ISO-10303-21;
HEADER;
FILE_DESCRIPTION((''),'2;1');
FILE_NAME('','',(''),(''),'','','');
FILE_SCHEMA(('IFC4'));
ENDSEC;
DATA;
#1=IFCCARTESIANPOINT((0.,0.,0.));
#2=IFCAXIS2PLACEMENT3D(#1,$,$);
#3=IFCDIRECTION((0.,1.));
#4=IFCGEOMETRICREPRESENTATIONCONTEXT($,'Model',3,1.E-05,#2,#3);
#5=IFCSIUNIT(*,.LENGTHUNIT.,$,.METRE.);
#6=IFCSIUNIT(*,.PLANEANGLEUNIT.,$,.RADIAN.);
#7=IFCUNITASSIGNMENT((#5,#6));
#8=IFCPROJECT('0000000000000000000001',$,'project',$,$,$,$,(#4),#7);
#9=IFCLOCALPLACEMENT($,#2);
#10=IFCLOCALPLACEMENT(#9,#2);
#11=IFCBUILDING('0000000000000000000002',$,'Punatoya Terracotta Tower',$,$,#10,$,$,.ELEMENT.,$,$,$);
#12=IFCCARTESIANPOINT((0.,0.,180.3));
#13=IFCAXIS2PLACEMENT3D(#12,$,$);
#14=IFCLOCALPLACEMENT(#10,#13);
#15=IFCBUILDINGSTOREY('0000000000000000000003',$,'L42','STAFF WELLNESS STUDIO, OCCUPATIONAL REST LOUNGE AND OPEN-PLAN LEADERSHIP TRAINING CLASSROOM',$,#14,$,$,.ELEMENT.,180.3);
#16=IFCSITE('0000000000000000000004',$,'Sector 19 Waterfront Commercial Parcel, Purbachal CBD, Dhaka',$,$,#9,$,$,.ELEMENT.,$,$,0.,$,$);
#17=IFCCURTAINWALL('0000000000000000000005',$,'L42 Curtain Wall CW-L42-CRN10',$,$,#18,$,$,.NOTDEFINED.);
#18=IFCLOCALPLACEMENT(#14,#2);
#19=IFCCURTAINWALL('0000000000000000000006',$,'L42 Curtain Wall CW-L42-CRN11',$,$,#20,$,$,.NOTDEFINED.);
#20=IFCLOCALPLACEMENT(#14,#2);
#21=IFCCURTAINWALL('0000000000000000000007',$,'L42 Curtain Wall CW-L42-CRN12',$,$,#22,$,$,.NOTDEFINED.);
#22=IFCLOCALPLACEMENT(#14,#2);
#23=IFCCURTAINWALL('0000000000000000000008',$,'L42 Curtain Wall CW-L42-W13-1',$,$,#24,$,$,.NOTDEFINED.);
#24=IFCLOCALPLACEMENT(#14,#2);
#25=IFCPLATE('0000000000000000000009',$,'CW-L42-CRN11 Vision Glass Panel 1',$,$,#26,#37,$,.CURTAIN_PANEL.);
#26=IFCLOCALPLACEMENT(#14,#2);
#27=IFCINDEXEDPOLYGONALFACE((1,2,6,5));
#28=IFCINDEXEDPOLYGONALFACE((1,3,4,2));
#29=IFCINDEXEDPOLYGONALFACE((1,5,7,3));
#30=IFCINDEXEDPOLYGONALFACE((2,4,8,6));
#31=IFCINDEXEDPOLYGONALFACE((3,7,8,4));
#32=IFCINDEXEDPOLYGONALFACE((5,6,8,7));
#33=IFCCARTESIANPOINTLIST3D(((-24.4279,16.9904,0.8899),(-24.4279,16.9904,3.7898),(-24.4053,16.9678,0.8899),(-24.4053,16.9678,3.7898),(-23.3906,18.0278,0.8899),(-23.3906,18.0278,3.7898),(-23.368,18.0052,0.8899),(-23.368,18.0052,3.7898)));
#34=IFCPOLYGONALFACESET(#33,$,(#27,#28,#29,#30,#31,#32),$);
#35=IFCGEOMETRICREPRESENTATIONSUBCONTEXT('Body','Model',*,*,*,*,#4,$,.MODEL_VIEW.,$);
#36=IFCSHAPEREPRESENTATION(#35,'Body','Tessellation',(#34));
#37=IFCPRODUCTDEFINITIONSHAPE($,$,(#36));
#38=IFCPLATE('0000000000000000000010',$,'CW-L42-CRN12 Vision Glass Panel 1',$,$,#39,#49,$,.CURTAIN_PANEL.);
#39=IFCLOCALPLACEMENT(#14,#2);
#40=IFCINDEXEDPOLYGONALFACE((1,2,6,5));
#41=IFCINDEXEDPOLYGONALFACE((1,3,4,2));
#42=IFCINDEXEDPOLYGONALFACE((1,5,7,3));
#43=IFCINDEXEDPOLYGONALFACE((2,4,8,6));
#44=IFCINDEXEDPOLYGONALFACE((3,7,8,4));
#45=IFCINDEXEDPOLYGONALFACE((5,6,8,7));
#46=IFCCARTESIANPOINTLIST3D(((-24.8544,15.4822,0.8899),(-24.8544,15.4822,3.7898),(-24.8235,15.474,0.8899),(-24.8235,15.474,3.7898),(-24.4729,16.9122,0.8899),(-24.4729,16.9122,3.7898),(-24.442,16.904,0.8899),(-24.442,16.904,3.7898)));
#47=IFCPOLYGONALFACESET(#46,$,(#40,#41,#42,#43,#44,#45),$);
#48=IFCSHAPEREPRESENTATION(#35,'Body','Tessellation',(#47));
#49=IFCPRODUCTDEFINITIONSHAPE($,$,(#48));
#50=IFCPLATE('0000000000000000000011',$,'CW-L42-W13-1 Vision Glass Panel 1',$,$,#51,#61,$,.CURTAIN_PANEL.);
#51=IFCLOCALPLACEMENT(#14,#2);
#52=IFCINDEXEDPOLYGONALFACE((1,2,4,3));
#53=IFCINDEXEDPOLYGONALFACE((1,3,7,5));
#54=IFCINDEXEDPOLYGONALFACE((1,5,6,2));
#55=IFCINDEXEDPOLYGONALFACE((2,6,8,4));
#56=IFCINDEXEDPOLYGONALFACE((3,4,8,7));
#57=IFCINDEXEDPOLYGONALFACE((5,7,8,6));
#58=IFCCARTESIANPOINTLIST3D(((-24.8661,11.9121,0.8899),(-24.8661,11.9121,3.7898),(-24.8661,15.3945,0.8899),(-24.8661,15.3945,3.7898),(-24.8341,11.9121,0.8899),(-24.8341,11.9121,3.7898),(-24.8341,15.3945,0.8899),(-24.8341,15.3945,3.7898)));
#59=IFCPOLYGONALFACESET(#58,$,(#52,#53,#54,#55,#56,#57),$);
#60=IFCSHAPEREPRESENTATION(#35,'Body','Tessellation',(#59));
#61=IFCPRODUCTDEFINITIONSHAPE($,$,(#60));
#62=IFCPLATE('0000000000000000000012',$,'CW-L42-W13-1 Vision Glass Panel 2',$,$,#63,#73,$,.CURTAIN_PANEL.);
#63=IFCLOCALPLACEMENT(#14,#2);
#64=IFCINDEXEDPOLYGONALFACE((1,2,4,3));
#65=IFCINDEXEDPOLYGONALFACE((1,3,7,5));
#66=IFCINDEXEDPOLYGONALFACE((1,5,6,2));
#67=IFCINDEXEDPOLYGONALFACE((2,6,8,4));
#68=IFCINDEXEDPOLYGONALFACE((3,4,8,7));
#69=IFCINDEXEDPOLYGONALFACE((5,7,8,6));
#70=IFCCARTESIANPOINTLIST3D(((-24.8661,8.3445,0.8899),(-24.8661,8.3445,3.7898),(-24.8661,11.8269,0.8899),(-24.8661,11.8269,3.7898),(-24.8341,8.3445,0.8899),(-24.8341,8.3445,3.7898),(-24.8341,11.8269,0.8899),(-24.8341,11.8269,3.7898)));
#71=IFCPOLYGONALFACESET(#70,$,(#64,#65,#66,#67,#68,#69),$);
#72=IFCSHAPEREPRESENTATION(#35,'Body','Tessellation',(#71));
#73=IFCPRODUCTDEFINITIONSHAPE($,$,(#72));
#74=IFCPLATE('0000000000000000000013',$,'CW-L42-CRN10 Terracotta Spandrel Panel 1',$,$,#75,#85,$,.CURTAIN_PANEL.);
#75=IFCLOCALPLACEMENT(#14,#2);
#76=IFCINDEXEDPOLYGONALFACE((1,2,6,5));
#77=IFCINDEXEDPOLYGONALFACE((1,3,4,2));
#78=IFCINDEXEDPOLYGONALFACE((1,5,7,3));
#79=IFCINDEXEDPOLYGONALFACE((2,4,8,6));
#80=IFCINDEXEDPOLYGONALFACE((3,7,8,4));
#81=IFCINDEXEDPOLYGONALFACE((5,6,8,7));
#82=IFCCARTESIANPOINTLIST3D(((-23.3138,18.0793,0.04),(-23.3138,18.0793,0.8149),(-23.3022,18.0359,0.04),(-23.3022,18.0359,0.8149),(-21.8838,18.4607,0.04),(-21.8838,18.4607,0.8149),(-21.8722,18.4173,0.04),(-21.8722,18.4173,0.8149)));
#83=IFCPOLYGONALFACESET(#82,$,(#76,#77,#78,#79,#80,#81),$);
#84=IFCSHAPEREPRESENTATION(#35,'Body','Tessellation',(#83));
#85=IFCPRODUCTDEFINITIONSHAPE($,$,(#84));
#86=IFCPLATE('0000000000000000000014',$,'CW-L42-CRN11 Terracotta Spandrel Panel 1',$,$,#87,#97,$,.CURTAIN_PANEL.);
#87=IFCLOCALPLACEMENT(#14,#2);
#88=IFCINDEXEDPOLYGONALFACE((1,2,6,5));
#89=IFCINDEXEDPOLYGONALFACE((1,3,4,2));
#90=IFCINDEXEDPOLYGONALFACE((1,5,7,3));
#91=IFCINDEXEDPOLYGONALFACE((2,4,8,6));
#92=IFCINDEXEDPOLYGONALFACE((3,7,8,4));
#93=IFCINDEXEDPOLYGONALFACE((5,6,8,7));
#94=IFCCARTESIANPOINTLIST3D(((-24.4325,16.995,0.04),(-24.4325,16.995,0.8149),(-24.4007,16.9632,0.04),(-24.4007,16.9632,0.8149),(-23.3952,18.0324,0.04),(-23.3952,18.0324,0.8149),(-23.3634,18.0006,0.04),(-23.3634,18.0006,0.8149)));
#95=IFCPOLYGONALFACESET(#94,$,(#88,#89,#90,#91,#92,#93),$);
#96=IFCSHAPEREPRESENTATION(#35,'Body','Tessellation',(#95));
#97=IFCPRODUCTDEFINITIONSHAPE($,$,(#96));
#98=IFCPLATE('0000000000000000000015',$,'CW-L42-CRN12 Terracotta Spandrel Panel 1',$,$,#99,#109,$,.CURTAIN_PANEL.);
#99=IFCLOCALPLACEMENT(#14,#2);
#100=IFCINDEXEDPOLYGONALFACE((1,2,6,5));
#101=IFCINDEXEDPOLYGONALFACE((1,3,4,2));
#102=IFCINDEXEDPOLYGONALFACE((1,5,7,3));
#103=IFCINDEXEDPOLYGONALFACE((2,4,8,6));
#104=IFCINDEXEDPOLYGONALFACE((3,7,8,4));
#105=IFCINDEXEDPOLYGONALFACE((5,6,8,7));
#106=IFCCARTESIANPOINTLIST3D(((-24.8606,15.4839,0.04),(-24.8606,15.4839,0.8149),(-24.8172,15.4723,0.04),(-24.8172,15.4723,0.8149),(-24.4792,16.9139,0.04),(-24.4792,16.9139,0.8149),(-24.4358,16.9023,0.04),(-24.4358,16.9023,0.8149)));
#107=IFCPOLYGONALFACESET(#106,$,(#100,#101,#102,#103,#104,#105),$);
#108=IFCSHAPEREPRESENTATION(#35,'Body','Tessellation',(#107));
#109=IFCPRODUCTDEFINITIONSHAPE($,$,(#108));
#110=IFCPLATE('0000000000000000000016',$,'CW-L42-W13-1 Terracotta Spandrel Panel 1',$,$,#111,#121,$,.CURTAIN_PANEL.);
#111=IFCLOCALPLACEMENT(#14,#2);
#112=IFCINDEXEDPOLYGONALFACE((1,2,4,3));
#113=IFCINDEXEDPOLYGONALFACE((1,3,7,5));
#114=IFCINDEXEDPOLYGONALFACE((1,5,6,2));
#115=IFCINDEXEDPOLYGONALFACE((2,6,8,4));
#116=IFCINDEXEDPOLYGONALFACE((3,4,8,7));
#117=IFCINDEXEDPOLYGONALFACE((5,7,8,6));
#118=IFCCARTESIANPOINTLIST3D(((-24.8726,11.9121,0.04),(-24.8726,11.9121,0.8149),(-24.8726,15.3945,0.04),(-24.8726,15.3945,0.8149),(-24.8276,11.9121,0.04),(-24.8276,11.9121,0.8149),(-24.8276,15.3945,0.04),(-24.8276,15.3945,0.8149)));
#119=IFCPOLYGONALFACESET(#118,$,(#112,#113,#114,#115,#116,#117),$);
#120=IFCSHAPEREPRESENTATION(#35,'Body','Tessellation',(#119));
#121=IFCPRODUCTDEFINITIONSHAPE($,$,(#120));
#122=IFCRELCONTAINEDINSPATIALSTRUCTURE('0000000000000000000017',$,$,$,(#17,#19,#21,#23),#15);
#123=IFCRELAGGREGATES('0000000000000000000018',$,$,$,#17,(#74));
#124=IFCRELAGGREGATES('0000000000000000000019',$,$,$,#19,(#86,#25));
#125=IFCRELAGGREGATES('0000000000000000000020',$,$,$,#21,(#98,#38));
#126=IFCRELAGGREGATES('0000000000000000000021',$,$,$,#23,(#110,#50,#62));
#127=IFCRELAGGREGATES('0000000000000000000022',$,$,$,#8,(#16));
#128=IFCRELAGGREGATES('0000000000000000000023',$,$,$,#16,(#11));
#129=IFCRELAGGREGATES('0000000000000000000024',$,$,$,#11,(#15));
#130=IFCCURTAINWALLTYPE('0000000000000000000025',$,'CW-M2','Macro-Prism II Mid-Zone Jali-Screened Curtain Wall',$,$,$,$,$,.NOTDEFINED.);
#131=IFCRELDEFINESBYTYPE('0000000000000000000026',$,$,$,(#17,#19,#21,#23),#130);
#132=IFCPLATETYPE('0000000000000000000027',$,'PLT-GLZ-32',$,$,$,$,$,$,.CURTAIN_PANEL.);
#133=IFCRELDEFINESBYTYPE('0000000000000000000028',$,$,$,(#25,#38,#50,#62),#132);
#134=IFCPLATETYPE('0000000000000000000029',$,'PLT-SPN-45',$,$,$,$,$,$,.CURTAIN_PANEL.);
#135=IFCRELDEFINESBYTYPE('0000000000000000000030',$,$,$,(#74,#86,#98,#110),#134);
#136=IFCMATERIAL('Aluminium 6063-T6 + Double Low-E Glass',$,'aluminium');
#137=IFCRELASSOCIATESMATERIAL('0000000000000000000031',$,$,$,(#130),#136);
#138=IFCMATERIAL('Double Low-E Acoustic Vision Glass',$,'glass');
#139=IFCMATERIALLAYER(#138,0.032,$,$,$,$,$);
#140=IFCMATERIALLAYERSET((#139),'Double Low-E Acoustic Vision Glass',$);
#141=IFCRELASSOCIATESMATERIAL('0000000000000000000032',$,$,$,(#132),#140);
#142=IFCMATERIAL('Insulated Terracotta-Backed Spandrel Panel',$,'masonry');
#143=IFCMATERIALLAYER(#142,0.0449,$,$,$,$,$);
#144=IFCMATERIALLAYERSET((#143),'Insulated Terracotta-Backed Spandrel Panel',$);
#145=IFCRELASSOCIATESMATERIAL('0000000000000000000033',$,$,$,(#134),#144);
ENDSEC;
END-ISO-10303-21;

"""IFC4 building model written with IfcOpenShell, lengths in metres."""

from ifc_helpers import new_model, si_unit, direction, frame, origin, origin_2d, place, context, subcontext, project, spatial, rectangle, extrude, material, layer, layer_set, type_object, element, aggregate, save


model = new_model("IFC4")

# Units and contexts
model_context = context("Model", 3, precision=1e-05, world=origin(), true_north=direction((0.0, 1.0)))
body_context = subcontext(model_context, "Body", "Model", "MODEL_VIEW")
ifc_project = project(units=[si_unit("LENGTHUNIT", "METRE"), si_unit("PLANEANGLEUNIT", "RADIAN")], contexts=[model_context])

# Site, building, storey
site_placement = place(None, origin())
site = spatial("IfcSite", under=ifc_project, at=site_placement, Name="Sector 19 Waterfront Commercial Parcel, Purbachal CBD, Dhaka", CompositionType="ELEMENT", RefElevation=0.0)
building_placement = place(site_placement, origin())
building = spatial("IfcBuilding", under=site, at=building_placement, Name="Punatoya Terracotta Tower", CompositionType="ELEMENT")
storey_placement = place(building_placement, frame((0.0, 0.0, 180.3)))
storey = spatial("IfcBuildingStorey", under=building, at=storey_placement, Name="L42", Description="STAFF WELLNESS STUDIO, OCCUPATIONAL REST LOUNGE AND OPEN-PLAN LEADERSHIP TRAINING CLASSROOM", CompositionType="ELEMENT", Elevation=180.3)

# Curtain wall
ifc_material_1 = material(Name="Aluminium 6063-T6 + Double Low-E Glass", Category="aluminium")
curtain_wall_type = type_object("IfcCurtainWallType", Name="CW-M2", Description="Macro-Prism II Mid-Zone Jali-Screened Curtain Wall", PredefinedType="NOTDEFINED", material=ifc_material_1)
curtain_wall_1_placement = place(storey_placement, origin())
curtain_wall_1 = element("IfcCurtainWall", 1, at=curtain_wall_1_placement, inside=storey, type_object=curtain_wall_type, Name="L42 Curtain Wall CW-L42-CRN10", PredefinedType="NOTDEFINED")

# Curtain walls
curtain_wall_2_placement = place(storey_placement, origin())
curtain_wall_2 = element("IfcCurtainWall", 2, at=curtain_wall_2_placement, inside=storey, type_object=curtain_wall_type, Name="L42 Curtain Wall CW-L42-CRN11", PredefinedType="NOTDEFINED")
curtain_wall_3_placement = place(storey_placement, origin())
curtain_wall_3 = element("IfcCurtainWall", 3, at=curtain_wall_3_placement, inside=storey, type_object=curtain_wall_type, Name="L42 Curtain Wall CW-L42-CRN12", PredefinedType="NOTDEFINED")
curtain_wall_4_placement = place(storey_placement, origin())
curtain_wall_4 = element("IfcCurtainWall", 4, at=curtain_wall_4_placement, inside=storey, type_object=curtain_wall_type, Name="L42 Curtain Wall CW-L42-W13-1", PredefinedType="NOTDEFINED")

# Plates
ifc_material_2 = material(Name="Double Low-E Acoustic Vision Glass", Category="glass")
ifc_layer_1 = layer(ifc_material_2, 0.032)
ifc_layer_set_1 = layer_set([ifc_layer_1], Name="Double Low-E Acoustic Vision Glass")
plate_type_1 = type_object("IfcPlateType", Name="PLT-GLZ-32", PredefinedType="CURTAIN_PANEL", material=ifc_layer_set_1)
plate_1_placement = place(storey_placement, frame((-23.8979, 17.4978, 0.8899), z_axis=(0.0, 0.0, 1.0), x_axis=(-0.707107, -0.707107, 0.0)))
plate_1 = element("IfcPlate", 5, at=plate_1_placement, type_object=plate_type_1, Name="CW-L42-CRN11 Vision Glass Panel 1", PredefinedType="CURTAIN_PANEL", context=body_context, shape_type="SweptSolid", body=[
    extrude(rectangle(XDim=1.467, YDim=0.032, at=origin_2d()), origin(), (0.0, 0.0, 1.0), 2.8999),
])
plate_2_placement = place(storey_placement, frame((-24.6482, 16.1931, 0.8899), z_axis=(0.0, 0.0, 1.0), x_axis=(-0.257742, -0.966214, 0.0)))
plate_2 = element("IfcPlate", 6, at=plate_2_placement, type_object=plate_type_1, Name="CW-L42-CRN12 Vision Glass Panel 1", PredefinedType="CURTAIN_PANEL", context=body_context, shape_type="SweptSolid", body=[
    extrude(rectangle(XDim=1.48, YDim=0.032, at=origin_2d()), origin(), (0.0, 0.0, 1.0), 2.8999),
])
plate_3_placement = place(storey_placement, frame((-24.8501, 13.6533, 0.8899), z_axis=(0.0, 0.0, 1.0), x_axis=(0.0, -1.0, 0.0)))
plate_3 = element("IfcPlate", 7, at=plate_3_placement, type_object=plate_type_1, Name="CW-L42-W13-1 Vision Glass Panel 1", PredefinedType="CURTAIN_PANEL", context=body_context, shape_type="SweptSolid", body=[
    extrude(rectangle(XDim=3.4824, YDim=0.032, at=origin_2d()), origin(), (0.0, 0.0, 1.0), 2.8999),
])
plate_4_placement = place(storey_placement, frame((-24.8501, 10.0857, 0.8899), z_axis=(0.0, 0.0, 1.0), x_axis=(0.0, -1.0, 0.0)))
plate_4 = element("IfcPlate", 8, at=plate_4_placement, type_object=plate_type_1, Name="CW-L42-W13-1 Vision Glass Panel 2", PredefinedType="CURTAIN_PANEL", context=body_context, shape_type="SweptSolid", body=[
    extrude(rectangle(XDim=3.4824, YDim=0.032, at=origin_2d()), origin(), (0.0, 0.0, 1.0), 2.8999),
])
ifc_material_3 = material(Name="Insulated Terracotta-Backed Spandrel Panel", Category="masonry")
ifc_layer_2 = layer(ifc_material_3, 0.0449)
ifc_layer_set_2 = layer_set([ifc_layer_2], Name="Insulated Terracotta-Backed Spandrel Panel")
plate_type_2 = type_object("IfcPlateType", Name="PLT-SPN-45", PredefinedType="CURTAIN_PANEL", material=ifc_layer_set_2)
plate_5_placement = place(storey_placement, frame((-22.593, 18.2483, 0.04), z_axis=(0.0, 0.0, 1.0), x_axis=(-0.966214, -0.257742, 0.0)))
plate_5 = element("IfcPlate", 9, at=plate_5_placement, type_object=plate_type_2, Name="CW-L42-CRN10 Terracotta Spandrel Panel 1", PredefinedType="CURTAIN_PANEL", context=body_context, shape_type="SweptSolid", body=[
    extrude(rectangle(XDim=1.48, YDim=0.0449, at=origin_2d()), origin(), (0.0, 0.0, 1.0), 0.7749),
])
aggregate(curtain_wall_1, [plate_5])
plate_6_placement = place(storey_placement, frame((-23.8979, 17.4978, 0.04), z_axis=(0.0, 0.0, 1.0), x_axis=(-0.707107, -0.707107, 0.0)))
plate_6 = element("IfcPlate", 10, at=plate_6_placement, type_object=plate_type_2, Name="CW-L42-CRN11 Terracotta Spandrel Panel 1", PredefinedType="CURTAIN_PANEL", context=body_context, shape_type="SweptSolid", body=[
    extrude(rectangle(XDim=1.467, YDim=0.0449, at=origin_2d()), origin(), (0.0, 0.0, 1.0), 0.7749),
])
aggregate(curtain_wall_2, [plate_6, plate_1])
plate_7_placement = place(storey_placement, frame((-24.6482, 16.1931, 0.04), z_axis=(0.0, 0.0, 1.0), x_axis=(-0.257742, -0.966214, 0.0)))
plate_7 = element("IfcPlate", 11, at=plate_7_placement, type_object=plate_type_2, Name="CW-L42-CRN12 Terracotta Spandrel Panel 1", PredefinedType="CURTAIN_PANEL", context=body_context, shape_type="SweptSolid", body=[
    extrude(rectangle(XDim=1.48, YDim=0.0449, at=origin_2d()), origin(), (0.0, 0.0, 1.0), 0.7749),
])
aggregate(curtain_wall_3, [plate_7, plate_2])
plate_8_placement = place(storey_placement, frame((-24.8501, 13.6533, 0.04), z_axis=(0.0, 0.0, 1.0), x_axis=(0.0, -1.0, 0.0)))
plate_8 = element("IfcPlate", 12, at=plate_8_placement, type_object=plate_type_2, Name="CW-L42-W13-1 Terracotta Spandrel Panel 1", PredefinedType="CURTAIN_PANEL", context=body_context, shape_type="SweptSolid", body=[
    extrude(rectangle(XDim=3.4824, YDim=0.0449, at=origin_2d()), origin(), (0.0, 0.0, 1.0), 0.7749),
])
aggregate(curtain_wall_4, [plate_8, plate_3, plate_4])

save(model, "model.ifc")
